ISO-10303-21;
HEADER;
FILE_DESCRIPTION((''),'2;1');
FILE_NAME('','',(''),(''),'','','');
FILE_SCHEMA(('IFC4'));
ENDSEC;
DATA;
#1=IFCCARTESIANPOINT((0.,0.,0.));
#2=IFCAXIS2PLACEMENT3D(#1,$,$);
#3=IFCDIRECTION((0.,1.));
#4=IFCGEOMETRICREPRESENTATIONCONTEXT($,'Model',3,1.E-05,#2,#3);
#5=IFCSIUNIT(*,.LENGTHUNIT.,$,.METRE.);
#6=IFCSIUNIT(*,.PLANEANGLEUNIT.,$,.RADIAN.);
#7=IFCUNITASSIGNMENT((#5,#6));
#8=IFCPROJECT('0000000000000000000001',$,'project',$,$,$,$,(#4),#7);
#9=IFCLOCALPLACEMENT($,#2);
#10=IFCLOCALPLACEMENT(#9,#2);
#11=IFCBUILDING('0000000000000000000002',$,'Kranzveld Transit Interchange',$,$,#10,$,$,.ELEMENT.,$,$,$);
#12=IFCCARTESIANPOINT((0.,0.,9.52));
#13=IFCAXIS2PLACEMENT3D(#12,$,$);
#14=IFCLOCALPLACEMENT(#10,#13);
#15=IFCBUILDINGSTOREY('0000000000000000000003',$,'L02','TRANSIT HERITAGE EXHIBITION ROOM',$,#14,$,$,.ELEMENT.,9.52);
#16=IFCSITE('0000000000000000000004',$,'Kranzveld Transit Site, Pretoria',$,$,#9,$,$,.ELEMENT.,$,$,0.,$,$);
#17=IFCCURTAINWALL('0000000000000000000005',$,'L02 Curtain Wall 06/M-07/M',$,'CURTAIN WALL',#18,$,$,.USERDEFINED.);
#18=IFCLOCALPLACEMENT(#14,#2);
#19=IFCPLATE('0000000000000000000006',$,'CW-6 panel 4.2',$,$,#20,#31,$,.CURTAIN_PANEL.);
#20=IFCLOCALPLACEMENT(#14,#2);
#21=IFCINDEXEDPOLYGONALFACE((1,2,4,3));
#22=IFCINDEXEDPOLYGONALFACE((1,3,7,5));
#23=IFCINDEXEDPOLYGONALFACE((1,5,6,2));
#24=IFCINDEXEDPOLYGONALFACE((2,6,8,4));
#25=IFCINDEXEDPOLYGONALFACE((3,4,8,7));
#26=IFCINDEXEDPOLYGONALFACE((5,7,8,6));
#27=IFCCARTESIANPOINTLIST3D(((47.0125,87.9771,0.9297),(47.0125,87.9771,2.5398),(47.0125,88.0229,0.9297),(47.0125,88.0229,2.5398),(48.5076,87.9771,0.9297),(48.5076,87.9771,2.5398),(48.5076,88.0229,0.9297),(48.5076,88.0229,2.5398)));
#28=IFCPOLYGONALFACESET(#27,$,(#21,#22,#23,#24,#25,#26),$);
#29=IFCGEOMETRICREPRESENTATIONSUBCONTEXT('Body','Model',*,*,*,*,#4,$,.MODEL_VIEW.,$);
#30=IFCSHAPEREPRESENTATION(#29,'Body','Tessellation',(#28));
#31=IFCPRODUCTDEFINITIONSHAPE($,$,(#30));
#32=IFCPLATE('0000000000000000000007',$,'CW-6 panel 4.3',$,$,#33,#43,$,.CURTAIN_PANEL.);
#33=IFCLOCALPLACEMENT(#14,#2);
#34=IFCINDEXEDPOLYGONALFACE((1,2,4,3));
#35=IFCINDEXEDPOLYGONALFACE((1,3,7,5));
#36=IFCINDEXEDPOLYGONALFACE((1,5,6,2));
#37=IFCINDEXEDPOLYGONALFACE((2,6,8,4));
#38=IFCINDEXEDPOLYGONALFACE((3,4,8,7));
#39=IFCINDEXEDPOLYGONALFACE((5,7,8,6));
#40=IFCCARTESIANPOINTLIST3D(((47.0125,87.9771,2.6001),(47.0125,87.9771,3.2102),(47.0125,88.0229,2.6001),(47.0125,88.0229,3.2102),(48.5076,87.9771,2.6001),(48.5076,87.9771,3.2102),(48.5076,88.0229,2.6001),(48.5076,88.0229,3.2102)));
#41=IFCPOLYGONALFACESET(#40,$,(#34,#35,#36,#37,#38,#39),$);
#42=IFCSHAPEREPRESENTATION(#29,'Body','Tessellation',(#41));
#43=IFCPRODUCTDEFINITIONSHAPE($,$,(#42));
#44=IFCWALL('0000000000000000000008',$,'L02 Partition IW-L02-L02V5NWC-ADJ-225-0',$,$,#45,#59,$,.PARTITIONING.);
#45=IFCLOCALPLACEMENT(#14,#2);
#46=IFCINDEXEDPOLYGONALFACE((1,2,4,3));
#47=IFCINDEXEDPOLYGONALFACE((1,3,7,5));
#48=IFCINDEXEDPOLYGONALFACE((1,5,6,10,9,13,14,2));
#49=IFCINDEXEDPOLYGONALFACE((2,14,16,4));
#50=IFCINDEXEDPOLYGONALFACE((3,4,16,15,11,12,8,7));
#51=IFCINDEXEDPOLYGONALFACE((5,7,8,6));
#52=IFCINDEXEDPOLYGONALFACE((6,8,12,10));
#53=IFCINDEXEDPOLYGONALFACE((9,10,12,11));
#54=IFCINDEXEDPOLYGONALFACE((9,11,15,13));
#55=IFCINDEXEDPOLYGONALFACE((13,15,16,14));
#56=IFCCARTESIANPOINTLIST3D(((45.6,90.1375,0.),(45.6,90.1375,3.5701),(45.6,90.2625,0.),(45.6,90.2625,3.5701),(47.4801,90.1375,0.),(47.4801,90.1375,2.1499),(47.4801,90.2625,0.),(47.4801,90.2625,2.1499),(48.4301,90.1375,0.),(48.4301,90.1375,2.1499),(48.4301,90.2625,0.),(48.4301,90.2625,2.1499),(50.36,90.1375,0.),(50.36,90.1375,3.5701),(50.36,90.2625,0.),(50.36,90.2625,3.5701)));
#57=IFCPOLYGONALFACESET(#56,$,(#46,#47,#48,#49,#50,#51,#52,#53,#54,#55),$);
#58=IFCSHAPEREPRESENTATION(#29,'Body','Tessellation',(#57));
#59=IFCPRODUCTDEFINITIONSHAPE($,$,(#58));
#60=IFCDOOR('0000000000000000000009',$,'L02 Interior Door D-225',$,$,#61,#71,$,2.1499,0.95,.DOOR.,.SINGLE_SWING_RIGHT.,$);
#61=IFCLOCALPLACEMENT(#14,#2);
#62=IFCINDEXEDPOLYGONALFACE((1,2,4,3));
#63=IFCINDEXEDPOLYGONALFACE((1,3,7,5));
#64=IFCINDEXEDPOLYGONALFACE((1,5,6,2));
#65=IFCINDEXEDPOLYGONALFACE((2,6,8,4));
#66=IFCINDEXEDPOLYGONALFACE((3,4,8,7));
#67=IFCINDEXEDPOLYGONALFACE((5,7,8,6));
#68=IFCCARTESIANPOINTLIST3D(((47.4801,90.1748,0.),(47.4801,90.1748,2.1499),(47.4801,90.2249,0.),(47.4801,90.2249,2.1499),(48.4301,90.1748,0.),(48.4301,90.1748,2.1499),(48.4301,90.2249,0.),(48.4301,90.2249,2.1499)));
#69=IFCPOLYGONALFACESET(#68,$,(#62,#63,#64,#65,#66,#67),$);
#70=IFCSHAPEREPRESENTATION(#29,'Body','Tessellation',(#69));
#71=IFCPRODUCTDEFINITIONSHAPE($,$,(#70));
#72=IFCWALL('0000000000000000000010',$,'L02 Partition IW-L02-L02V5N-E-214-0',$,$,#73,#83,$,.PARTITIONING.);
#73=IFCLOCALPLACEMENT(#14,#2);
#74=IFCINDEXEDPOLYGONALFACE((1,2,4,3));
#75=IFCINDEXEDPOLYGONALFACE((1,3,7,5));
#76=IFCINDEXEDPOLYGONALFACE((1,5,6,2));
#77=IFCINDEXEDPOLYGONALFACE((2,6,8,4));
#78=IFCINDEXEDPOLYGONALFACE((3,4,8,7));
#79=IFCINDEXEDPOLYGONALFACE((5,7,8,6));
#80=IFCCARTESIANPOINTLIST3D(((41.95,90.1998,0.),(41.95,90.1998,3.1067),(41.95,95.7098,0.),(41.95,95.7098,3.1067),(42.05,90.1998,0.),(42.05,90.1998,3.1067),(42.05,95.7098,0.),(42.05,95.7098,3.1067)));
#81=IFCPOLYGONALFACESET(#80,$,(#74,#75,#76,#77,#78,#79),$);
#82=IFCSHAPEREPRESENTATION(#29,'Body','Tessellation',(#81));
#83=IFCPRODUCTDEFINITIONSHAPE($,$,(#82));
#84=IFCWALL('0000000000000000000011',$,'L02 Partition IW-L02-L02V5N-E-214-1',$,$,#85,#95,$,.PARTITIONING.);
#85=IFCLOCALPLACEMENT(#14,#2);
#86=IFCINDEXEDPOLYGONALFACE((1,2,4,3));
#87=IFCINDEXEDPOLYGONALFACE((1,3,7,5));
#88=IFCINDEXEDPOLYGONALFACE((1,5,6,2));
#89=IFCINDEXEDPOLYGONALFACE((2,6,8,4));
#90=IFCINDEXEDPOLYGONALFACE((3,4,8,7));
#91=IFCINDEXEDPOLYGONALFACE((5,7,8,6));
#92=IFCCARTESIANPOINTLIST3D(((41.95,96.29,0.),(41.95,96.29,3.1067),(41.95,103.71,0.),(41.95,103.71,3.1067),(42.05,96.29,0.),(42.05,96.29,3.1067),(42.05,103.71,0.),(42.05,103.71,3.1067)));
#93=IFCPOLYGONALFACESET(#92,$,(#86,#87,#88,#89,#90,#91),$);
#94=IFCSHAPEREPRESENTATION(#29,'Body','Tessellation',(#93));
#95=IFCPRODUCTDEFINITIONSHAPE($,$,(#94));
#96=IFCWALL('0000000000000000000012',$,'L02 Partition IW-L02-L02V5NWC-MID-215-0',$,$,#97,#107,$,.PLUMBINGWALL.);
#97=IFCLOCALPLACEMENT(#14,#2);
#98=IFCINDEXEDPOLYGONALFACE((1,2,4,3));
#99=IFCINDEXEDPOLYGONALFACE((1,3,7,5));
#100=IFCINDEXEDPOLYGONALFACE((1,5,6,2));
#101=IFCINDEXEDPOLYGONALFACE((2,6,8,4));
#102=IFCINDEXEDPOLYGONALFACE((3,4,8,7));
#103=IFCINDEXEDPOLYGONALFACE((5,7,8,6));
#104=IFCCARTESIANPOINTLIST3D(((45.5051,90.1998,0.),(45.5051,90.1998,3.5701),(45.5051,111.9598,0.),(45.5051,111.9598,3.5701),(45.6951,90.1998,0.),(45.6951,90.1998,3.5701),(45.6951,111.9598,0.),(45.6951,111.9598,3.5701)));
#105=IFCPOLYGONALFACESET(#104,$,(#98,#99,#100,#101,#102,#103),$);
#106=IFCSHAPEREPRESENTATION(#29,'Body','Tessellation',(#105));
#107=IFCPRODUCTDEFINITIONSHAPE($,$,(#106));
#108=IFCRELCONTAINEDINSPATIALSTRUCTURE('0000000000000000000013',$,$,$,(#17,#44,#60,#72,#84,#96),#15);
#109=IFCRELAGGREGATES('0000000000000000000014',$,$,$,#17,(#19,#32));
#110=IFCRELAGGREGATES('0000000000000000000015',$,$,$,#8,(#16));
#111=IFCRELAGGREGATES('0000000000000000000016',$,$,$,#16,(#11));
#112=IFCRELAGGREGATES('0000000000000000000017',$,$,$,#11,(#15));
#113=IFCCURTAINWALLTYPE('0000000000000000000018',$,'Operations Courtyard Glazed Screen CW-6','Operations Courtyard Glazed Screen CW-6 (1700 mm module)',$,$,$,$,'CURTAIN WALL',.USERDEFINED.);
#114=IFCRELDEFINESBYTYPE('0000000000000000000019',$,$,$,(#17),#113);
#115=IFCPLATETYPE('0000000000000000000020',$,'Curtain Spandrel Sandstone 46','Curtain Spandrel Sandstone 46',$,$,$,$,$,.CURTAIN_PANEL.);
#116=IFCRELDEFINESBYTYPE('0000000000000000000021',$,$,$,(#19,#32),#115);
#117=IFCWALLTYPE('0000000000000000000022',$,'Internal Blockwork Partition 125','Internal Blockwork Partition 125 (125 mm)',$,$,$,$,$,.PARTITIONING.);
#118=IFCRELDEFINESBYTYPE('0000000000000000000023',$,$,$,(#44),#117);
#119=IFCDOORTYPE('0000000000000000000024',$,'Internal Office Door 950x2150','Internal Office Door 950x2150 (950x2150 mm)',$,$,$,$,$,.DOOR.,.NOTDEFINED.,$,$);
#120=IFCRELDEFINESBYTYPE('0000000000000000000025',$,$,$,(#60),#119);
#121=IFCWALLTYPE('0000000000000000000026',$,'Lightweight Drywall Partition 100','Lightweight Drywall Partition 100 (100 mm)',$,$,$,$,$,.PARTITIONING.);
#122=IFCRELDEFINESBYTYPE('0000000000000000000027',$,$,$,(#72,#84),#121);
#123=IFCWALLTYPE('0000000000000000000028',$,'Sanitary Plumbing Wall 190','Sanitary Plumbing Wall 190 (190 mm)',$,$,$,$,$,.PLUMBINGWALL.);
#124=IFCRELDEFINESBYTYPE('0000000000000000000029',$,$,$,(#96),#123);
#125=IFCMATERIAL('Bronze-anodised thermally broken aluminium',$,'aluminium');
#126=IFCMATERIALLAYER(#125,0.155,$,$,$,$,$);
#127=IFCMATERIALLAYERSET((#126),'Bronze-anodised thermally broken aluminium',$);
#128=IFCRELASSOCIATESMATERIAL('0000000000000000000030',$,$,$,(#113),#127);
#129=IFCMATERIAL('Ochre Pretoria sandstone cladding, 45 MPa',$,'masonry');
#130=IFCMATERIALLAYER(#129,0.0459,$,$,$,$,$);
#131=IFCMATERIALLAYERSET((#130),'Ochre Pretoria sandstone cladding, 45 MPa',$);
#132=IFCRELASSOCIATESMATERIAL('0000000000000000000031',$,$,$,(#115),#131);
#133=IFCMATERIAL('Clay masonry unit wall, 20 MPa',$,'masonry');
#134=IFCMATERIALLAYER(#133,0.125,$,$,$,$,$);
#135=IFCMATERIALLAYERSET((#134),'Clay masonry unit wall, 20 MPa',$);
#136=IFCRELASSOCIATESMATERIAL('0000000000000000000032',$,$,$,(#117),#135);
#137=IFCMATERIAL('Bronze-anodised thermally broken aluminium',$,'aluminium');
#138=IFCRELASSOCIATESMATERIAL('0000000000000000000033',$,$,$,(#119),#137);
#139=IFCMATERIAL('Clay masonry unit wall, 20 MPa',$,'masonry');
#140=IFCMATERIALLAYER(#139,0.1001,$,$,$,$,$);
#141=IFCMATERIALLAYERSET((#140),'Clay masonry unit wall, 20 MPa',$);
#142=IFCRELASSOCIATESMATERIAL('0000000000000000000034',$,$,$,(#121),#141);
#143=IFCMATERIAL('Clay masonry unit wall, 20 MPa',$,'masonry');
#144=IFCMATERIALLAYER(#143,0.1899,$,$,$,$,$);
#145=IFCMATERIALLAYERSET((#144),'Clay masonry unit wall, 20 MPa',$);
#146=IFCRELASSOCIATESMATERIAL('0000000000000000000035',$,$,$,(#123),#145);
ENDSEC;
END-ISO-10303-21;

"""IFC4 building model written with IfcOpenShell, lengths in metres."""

from ifc_helpers import new_model, si_unit, direction, frame, frame_2d, origin, origin_2d, place, context, subcontext, project, spatial, rectangle, extrude, material, layer, layer_set, type_object, element, fill, aggregate, save


model = new_model("IFC4")

# Units and contexts
model_context = context("Model", 3, precision=1e-05, world=origin(), true_north=direction((0.0, 1.0)))
body_context = subcontext(model_context, "Body", "Model", "MODEL_VIEW")
ifc_project = project(units=[si_unit("LENGTHUNIT", "METRE"), si_unit("PLANEANGLEUNIT", "RADIAN")], contexts=[model_context])

# Site, building, storey
site_placement = place(None, origin())
site = spatial("IfcSite", under=ifc_project, at=site_placement, Name="Kranzveld Transit Site, Pretoria", CompositionType="ELEMENT", RefElevation=0.0)
building_placement = place(site_placement, origin())
building = spatial("IfcBuilding", under=site, at=building_placement, Name="Kranzveld Transit Interchange", CompositionType="ELEMENT")
storey_placement = place(building_placement, frame((0.0, 0.0, 9.52)))
storey = spatial("IfcBuildingStorey", under=building, at=storey_placement, Name="L02", Description="TRANSIT HERITAGE EXHIBITION ROOM", CompositionType="ELEMENT", Elevation=9.52)

# Curtain wall
ifc_material_1 = material(Name="Bronze-anodised thermally broken aluminium", Category="aluminium")
ifc_layer_1 = layer(ifc_material_1, 0.155)
ifc_layer_set_1 = layer_set([ifc_layer_1], Name="Bronze-anodised thermally broken aluminium")
curtain_wall_type = type_object("IfcCurtainWallType", Name="Operations Courtyard Glazed Screen CW-6", Description="Operations Courtyard Glazed Screen CW-6 (1700 mm module)", ElementType="CURTAIN WALL", PredefinedType="USERDEFINED", material=ifc_layer_set_1)
curtain_wall_placement = place(storey_placement, origin())
curtain_wall = element("IfcCurtainWall", 1, at=curtain_wall_placement, inside=storey, type_object=curtain_wall_type, Name="L02 Curtain Wall 06/M-07/M", ObjectType="CURTAIN WALL", PredefinedType="USERDEFINED")

# Plates
ifc_material_2 = material(Name="Ochre Pretoria sandstone cladding, 45 MPa", Category="masonry")
ifc_layer_2 = layer(ifc_material_2, 0.0459)
ifc_layer_set_2 = layer_set([ifc_layer_2], Name="Ochre Pretoria sandstone cladding, 45 MPa")
plate_type = type_object("IfcPlateType", Name="Curtain Spandrel Sandstone 46", Description="Curtain Spandrel Sandstone 46", PredefinedType="CURTAIN_PANEL", material=ifc_layer_set_2)
plate_1_placement = place(storey_placement, frame((47.76, 88.0, 0.9297), z_axis=(0.0, 0.0, 1.0), x_axis=(1.0, 0.0, 0.0)))
plate_1 = element("IfcPlate", 2, at=plate_1_placement, type_object=plate_type, Name="CW-6 panel 4.2", PredefinedType="CURTAIN_PANEL", context=body_context, shape_type="SweptSolid", body=[
    extrude(rectangle(XDim=1.4951, YDim=0.0459, at=origin_2d()), origin(), (0.0, 0.0, 1.0), 1.6101),
])
plate_2_placement = place(storey_placement, frame((47.76, 88.0, 2.6001), z_axis=(0.0, 0.0, 1.0), x_axis=(1.0, 0.0, 0.0)))
plate_2 = element("IfcPlate", 3, at=plate_2_placement, type_object=plate_type, Name="CW-6 panel 4.3", PredefinedType="CURTAIN_PANEL", context=body_context, shape_type="SweptSolid", body=[
    extrude(rectangle(XDim=1.4951, YDim=0.0459, at=origin_2d()), origin(), (0.0, 0.0, 1.0), 0.6101),
])
aggregate(curtain_wall, [plate_1, plate_2])

# Wall, opening, door
ifc_material_3 = material(Name="Clay masonry unit wall, 20 MPa", Category="masonry")
ifc_layer_3 = layer(ifc_material_3, 0.125)
ifc_layer_set_3 = layer_set([ifc_layer_3], Name="Clay masonry unit wall, 20 MPa")
wall_type_1 = type_object("IfcWallType", Name="Internal Blockwork Partition 125", Description="Internal Blockwork Partition 125 (125 mm)", PredefinedType="PARTITIONING", material=ifc_layer_set_3)
wall_1_placement = place(storey_placement, frame((45.6001, 90.2, 0.0), z_axis=(0.0, 0.0, 1.0), x_axis=(1.0, 0.0, 0.0)))
wall_1 = element("IfcWall", 4, at=wall_1_placement, inside=storey, type_object=wall_type_1, Name="L02 Partition IW-L02-L02V5NWC-ADJ-225-0", PredefinedType="PARTITIONING", context=body_context, shape_type="SweptSolid", body=[
    extrude(rectangle(XDim=4.76, YDim=0.125, at=frame_2d((2.3799, 0.0))), origin(), (0.0, 0.0, 1.0), 3.5701),
])
opening_1_placement = place(wall_1_placement, frame((1.8799, 0.0, 0.0), z_axis=(0.0, 0.0, 1.0), x_axis=(1.0, 0.0, 0.0)))
opening_1 = element("IfcOpeningElement", 5, at=opening_1_placement, cuts=wall_1, PredefinedType="OPENING", context=body_context, shape_type="SweptSolid", body=[
    extrude(rectangle(XDim=0.95, YDim=2.1499, at=frame_2d((0.4751, 1.075))), frame((0.0, 0.0725, 0.0), z_axis=(0.0, -1.0, 0.0), x_axis=(1.0, 0.0, 0.0)), (0.0, 0.0, 1.0), 0.145),
])
ifc_material_4 = material(Name="Bronze-anodised thermally broken aluminium", Category="aluminium")
door_type_1 = type_object("IfcDoorType", Name="Internal Office Door 950x2150", Description="Internal Office Door 950x2150 (950x2150 mm)", OperationType="NOTDEFINED", PredefinedType="DOOR", material=ifc_material_4)
door_1_placement = place(opening_1_placement, origin())
door_1 = element("IfcDoor", 6, at=door_1_placement, inside=storey, type_object=door_type_1, Name="L02 Interior Door D-225", OperationType="SINGLE_SWING_RIGHT", OverallHeight=2.1499, OverallWidth=0.95, PredefinedType="DOOR", context=body_context, shape_type="SweptSolid", body=[
    extrude(rectangle(XDim=0.95, YDim=2.1499, at=frame_2d((0.4751, 1.075))), frame((0.0, 0.0249, 0.0), z_axis=(0.0, -1.0, 0.0), x_axis=(1.0, 0.0, 0.0)), (0.0, 0.0, 1.0), 0.05),
])
fill(opening_1, door_1)

# Walls
ifc_material_5 = material(Name="Clay masonry unit wall, 20 MPa", Category="masonry")
ifc_layer_4 = layer(ifc_material_5, 0.1001)
ifc_layer_set_4 = layer_set([ifc_layer_4], Name="Clay masonry unit wall, 20 MPa")
wall_type_2 = type_object("IfcWallType", Name="Lightweight Drywall Partition 100", Description="Lightweight Drywall Partition 100 (100 mm)", PredefinedType="PARTITIONING", material=ifc_layer_set_4)
wall_2_placement = place(storey_placement, frame((42.0, 90.2, 0.0), z_axis=(0.0, 0.0, 1.0), x_axis=(0.0, 1.0, 0.0)))
element("IfcWall", 7, at=wall_2_placement, inside=storey, type_object=wall_type_2, Name="L02 Partition IW-L02-L02V5N-E-214-0", PredefinedType="PARTITIONING", context=body_context, shape_type="SweptSolid", body=[
    extrude(rectangle(XDim=5.51, YDim=0.1001, at=frame_2d((2.7549, 0.0))), origin(), (0.0, 0.0, 1.0), 3.1067),
])
wall_3_placement = place(storey_placement, frame((42.0, 96.29, 0.0), z_axis=(0.0, 0.0, 1.0), x_axis=(0.0, 1.0, 0.0)))
element("IfcWall", 8, at=wall_3_placement, inside=storey, type_object=wall_type_2, Name="L02 Partition IW-L02-L02V5N-E-214-1", PredefinedType="PARTITIONING", context=body_context, shape_type="SweptSolid", body=[
    extrude(rectangle(XDim=7.4199, YDim=0.1001, at=frame_2d((3.71, 0.0))), origin(), (0.0, 0.0, 1.0), 3.1067),
])

# Shared definitions
ifc_material_6 = material(Name="Clay masonry unit wall, 20 MPa", Category="masonry")
ifc_layer_5 = layer(ifc_material_6, 0.1899)
ifc_layer_set_5 = layer_set([ifc_layer_5], Name="Clay masonry unit wall, 20 MPa")
wall_type_3 = type_object("IfcWallType", Name="Sanitary Plumbing Wall 190", Description="Sanitary Plumbing Wall 190 (190 mm)", PredefinedType="PLUMBINGWALL", material=ifc_layer_set_5)

# Wall
wall_4_placement = place(storey_placement, frame((45.6001, 90.2, 0.0), z_axis=(0.0, 0.0, 1.0), x_axis=(0.0, 1.0, 0.0)))
element("IfcWall", 9, at=wall_4_placement, inside=storey, type_object=wall_type_3, Name="L02 Partition IW-L02-L02V5NWC-MID-215-0", PredefinedType="PLUMBINGWALL", context=body_context, shape_type="SweptSolid", body=[
    extrude(rectangle(XDim=21.76, YDim=0.1899, at=frame_2d((10.8799, 0.0))), origin(), (0.0, 0.0, 1.0), 3.5701),
])

save(model, "model.ifc")
